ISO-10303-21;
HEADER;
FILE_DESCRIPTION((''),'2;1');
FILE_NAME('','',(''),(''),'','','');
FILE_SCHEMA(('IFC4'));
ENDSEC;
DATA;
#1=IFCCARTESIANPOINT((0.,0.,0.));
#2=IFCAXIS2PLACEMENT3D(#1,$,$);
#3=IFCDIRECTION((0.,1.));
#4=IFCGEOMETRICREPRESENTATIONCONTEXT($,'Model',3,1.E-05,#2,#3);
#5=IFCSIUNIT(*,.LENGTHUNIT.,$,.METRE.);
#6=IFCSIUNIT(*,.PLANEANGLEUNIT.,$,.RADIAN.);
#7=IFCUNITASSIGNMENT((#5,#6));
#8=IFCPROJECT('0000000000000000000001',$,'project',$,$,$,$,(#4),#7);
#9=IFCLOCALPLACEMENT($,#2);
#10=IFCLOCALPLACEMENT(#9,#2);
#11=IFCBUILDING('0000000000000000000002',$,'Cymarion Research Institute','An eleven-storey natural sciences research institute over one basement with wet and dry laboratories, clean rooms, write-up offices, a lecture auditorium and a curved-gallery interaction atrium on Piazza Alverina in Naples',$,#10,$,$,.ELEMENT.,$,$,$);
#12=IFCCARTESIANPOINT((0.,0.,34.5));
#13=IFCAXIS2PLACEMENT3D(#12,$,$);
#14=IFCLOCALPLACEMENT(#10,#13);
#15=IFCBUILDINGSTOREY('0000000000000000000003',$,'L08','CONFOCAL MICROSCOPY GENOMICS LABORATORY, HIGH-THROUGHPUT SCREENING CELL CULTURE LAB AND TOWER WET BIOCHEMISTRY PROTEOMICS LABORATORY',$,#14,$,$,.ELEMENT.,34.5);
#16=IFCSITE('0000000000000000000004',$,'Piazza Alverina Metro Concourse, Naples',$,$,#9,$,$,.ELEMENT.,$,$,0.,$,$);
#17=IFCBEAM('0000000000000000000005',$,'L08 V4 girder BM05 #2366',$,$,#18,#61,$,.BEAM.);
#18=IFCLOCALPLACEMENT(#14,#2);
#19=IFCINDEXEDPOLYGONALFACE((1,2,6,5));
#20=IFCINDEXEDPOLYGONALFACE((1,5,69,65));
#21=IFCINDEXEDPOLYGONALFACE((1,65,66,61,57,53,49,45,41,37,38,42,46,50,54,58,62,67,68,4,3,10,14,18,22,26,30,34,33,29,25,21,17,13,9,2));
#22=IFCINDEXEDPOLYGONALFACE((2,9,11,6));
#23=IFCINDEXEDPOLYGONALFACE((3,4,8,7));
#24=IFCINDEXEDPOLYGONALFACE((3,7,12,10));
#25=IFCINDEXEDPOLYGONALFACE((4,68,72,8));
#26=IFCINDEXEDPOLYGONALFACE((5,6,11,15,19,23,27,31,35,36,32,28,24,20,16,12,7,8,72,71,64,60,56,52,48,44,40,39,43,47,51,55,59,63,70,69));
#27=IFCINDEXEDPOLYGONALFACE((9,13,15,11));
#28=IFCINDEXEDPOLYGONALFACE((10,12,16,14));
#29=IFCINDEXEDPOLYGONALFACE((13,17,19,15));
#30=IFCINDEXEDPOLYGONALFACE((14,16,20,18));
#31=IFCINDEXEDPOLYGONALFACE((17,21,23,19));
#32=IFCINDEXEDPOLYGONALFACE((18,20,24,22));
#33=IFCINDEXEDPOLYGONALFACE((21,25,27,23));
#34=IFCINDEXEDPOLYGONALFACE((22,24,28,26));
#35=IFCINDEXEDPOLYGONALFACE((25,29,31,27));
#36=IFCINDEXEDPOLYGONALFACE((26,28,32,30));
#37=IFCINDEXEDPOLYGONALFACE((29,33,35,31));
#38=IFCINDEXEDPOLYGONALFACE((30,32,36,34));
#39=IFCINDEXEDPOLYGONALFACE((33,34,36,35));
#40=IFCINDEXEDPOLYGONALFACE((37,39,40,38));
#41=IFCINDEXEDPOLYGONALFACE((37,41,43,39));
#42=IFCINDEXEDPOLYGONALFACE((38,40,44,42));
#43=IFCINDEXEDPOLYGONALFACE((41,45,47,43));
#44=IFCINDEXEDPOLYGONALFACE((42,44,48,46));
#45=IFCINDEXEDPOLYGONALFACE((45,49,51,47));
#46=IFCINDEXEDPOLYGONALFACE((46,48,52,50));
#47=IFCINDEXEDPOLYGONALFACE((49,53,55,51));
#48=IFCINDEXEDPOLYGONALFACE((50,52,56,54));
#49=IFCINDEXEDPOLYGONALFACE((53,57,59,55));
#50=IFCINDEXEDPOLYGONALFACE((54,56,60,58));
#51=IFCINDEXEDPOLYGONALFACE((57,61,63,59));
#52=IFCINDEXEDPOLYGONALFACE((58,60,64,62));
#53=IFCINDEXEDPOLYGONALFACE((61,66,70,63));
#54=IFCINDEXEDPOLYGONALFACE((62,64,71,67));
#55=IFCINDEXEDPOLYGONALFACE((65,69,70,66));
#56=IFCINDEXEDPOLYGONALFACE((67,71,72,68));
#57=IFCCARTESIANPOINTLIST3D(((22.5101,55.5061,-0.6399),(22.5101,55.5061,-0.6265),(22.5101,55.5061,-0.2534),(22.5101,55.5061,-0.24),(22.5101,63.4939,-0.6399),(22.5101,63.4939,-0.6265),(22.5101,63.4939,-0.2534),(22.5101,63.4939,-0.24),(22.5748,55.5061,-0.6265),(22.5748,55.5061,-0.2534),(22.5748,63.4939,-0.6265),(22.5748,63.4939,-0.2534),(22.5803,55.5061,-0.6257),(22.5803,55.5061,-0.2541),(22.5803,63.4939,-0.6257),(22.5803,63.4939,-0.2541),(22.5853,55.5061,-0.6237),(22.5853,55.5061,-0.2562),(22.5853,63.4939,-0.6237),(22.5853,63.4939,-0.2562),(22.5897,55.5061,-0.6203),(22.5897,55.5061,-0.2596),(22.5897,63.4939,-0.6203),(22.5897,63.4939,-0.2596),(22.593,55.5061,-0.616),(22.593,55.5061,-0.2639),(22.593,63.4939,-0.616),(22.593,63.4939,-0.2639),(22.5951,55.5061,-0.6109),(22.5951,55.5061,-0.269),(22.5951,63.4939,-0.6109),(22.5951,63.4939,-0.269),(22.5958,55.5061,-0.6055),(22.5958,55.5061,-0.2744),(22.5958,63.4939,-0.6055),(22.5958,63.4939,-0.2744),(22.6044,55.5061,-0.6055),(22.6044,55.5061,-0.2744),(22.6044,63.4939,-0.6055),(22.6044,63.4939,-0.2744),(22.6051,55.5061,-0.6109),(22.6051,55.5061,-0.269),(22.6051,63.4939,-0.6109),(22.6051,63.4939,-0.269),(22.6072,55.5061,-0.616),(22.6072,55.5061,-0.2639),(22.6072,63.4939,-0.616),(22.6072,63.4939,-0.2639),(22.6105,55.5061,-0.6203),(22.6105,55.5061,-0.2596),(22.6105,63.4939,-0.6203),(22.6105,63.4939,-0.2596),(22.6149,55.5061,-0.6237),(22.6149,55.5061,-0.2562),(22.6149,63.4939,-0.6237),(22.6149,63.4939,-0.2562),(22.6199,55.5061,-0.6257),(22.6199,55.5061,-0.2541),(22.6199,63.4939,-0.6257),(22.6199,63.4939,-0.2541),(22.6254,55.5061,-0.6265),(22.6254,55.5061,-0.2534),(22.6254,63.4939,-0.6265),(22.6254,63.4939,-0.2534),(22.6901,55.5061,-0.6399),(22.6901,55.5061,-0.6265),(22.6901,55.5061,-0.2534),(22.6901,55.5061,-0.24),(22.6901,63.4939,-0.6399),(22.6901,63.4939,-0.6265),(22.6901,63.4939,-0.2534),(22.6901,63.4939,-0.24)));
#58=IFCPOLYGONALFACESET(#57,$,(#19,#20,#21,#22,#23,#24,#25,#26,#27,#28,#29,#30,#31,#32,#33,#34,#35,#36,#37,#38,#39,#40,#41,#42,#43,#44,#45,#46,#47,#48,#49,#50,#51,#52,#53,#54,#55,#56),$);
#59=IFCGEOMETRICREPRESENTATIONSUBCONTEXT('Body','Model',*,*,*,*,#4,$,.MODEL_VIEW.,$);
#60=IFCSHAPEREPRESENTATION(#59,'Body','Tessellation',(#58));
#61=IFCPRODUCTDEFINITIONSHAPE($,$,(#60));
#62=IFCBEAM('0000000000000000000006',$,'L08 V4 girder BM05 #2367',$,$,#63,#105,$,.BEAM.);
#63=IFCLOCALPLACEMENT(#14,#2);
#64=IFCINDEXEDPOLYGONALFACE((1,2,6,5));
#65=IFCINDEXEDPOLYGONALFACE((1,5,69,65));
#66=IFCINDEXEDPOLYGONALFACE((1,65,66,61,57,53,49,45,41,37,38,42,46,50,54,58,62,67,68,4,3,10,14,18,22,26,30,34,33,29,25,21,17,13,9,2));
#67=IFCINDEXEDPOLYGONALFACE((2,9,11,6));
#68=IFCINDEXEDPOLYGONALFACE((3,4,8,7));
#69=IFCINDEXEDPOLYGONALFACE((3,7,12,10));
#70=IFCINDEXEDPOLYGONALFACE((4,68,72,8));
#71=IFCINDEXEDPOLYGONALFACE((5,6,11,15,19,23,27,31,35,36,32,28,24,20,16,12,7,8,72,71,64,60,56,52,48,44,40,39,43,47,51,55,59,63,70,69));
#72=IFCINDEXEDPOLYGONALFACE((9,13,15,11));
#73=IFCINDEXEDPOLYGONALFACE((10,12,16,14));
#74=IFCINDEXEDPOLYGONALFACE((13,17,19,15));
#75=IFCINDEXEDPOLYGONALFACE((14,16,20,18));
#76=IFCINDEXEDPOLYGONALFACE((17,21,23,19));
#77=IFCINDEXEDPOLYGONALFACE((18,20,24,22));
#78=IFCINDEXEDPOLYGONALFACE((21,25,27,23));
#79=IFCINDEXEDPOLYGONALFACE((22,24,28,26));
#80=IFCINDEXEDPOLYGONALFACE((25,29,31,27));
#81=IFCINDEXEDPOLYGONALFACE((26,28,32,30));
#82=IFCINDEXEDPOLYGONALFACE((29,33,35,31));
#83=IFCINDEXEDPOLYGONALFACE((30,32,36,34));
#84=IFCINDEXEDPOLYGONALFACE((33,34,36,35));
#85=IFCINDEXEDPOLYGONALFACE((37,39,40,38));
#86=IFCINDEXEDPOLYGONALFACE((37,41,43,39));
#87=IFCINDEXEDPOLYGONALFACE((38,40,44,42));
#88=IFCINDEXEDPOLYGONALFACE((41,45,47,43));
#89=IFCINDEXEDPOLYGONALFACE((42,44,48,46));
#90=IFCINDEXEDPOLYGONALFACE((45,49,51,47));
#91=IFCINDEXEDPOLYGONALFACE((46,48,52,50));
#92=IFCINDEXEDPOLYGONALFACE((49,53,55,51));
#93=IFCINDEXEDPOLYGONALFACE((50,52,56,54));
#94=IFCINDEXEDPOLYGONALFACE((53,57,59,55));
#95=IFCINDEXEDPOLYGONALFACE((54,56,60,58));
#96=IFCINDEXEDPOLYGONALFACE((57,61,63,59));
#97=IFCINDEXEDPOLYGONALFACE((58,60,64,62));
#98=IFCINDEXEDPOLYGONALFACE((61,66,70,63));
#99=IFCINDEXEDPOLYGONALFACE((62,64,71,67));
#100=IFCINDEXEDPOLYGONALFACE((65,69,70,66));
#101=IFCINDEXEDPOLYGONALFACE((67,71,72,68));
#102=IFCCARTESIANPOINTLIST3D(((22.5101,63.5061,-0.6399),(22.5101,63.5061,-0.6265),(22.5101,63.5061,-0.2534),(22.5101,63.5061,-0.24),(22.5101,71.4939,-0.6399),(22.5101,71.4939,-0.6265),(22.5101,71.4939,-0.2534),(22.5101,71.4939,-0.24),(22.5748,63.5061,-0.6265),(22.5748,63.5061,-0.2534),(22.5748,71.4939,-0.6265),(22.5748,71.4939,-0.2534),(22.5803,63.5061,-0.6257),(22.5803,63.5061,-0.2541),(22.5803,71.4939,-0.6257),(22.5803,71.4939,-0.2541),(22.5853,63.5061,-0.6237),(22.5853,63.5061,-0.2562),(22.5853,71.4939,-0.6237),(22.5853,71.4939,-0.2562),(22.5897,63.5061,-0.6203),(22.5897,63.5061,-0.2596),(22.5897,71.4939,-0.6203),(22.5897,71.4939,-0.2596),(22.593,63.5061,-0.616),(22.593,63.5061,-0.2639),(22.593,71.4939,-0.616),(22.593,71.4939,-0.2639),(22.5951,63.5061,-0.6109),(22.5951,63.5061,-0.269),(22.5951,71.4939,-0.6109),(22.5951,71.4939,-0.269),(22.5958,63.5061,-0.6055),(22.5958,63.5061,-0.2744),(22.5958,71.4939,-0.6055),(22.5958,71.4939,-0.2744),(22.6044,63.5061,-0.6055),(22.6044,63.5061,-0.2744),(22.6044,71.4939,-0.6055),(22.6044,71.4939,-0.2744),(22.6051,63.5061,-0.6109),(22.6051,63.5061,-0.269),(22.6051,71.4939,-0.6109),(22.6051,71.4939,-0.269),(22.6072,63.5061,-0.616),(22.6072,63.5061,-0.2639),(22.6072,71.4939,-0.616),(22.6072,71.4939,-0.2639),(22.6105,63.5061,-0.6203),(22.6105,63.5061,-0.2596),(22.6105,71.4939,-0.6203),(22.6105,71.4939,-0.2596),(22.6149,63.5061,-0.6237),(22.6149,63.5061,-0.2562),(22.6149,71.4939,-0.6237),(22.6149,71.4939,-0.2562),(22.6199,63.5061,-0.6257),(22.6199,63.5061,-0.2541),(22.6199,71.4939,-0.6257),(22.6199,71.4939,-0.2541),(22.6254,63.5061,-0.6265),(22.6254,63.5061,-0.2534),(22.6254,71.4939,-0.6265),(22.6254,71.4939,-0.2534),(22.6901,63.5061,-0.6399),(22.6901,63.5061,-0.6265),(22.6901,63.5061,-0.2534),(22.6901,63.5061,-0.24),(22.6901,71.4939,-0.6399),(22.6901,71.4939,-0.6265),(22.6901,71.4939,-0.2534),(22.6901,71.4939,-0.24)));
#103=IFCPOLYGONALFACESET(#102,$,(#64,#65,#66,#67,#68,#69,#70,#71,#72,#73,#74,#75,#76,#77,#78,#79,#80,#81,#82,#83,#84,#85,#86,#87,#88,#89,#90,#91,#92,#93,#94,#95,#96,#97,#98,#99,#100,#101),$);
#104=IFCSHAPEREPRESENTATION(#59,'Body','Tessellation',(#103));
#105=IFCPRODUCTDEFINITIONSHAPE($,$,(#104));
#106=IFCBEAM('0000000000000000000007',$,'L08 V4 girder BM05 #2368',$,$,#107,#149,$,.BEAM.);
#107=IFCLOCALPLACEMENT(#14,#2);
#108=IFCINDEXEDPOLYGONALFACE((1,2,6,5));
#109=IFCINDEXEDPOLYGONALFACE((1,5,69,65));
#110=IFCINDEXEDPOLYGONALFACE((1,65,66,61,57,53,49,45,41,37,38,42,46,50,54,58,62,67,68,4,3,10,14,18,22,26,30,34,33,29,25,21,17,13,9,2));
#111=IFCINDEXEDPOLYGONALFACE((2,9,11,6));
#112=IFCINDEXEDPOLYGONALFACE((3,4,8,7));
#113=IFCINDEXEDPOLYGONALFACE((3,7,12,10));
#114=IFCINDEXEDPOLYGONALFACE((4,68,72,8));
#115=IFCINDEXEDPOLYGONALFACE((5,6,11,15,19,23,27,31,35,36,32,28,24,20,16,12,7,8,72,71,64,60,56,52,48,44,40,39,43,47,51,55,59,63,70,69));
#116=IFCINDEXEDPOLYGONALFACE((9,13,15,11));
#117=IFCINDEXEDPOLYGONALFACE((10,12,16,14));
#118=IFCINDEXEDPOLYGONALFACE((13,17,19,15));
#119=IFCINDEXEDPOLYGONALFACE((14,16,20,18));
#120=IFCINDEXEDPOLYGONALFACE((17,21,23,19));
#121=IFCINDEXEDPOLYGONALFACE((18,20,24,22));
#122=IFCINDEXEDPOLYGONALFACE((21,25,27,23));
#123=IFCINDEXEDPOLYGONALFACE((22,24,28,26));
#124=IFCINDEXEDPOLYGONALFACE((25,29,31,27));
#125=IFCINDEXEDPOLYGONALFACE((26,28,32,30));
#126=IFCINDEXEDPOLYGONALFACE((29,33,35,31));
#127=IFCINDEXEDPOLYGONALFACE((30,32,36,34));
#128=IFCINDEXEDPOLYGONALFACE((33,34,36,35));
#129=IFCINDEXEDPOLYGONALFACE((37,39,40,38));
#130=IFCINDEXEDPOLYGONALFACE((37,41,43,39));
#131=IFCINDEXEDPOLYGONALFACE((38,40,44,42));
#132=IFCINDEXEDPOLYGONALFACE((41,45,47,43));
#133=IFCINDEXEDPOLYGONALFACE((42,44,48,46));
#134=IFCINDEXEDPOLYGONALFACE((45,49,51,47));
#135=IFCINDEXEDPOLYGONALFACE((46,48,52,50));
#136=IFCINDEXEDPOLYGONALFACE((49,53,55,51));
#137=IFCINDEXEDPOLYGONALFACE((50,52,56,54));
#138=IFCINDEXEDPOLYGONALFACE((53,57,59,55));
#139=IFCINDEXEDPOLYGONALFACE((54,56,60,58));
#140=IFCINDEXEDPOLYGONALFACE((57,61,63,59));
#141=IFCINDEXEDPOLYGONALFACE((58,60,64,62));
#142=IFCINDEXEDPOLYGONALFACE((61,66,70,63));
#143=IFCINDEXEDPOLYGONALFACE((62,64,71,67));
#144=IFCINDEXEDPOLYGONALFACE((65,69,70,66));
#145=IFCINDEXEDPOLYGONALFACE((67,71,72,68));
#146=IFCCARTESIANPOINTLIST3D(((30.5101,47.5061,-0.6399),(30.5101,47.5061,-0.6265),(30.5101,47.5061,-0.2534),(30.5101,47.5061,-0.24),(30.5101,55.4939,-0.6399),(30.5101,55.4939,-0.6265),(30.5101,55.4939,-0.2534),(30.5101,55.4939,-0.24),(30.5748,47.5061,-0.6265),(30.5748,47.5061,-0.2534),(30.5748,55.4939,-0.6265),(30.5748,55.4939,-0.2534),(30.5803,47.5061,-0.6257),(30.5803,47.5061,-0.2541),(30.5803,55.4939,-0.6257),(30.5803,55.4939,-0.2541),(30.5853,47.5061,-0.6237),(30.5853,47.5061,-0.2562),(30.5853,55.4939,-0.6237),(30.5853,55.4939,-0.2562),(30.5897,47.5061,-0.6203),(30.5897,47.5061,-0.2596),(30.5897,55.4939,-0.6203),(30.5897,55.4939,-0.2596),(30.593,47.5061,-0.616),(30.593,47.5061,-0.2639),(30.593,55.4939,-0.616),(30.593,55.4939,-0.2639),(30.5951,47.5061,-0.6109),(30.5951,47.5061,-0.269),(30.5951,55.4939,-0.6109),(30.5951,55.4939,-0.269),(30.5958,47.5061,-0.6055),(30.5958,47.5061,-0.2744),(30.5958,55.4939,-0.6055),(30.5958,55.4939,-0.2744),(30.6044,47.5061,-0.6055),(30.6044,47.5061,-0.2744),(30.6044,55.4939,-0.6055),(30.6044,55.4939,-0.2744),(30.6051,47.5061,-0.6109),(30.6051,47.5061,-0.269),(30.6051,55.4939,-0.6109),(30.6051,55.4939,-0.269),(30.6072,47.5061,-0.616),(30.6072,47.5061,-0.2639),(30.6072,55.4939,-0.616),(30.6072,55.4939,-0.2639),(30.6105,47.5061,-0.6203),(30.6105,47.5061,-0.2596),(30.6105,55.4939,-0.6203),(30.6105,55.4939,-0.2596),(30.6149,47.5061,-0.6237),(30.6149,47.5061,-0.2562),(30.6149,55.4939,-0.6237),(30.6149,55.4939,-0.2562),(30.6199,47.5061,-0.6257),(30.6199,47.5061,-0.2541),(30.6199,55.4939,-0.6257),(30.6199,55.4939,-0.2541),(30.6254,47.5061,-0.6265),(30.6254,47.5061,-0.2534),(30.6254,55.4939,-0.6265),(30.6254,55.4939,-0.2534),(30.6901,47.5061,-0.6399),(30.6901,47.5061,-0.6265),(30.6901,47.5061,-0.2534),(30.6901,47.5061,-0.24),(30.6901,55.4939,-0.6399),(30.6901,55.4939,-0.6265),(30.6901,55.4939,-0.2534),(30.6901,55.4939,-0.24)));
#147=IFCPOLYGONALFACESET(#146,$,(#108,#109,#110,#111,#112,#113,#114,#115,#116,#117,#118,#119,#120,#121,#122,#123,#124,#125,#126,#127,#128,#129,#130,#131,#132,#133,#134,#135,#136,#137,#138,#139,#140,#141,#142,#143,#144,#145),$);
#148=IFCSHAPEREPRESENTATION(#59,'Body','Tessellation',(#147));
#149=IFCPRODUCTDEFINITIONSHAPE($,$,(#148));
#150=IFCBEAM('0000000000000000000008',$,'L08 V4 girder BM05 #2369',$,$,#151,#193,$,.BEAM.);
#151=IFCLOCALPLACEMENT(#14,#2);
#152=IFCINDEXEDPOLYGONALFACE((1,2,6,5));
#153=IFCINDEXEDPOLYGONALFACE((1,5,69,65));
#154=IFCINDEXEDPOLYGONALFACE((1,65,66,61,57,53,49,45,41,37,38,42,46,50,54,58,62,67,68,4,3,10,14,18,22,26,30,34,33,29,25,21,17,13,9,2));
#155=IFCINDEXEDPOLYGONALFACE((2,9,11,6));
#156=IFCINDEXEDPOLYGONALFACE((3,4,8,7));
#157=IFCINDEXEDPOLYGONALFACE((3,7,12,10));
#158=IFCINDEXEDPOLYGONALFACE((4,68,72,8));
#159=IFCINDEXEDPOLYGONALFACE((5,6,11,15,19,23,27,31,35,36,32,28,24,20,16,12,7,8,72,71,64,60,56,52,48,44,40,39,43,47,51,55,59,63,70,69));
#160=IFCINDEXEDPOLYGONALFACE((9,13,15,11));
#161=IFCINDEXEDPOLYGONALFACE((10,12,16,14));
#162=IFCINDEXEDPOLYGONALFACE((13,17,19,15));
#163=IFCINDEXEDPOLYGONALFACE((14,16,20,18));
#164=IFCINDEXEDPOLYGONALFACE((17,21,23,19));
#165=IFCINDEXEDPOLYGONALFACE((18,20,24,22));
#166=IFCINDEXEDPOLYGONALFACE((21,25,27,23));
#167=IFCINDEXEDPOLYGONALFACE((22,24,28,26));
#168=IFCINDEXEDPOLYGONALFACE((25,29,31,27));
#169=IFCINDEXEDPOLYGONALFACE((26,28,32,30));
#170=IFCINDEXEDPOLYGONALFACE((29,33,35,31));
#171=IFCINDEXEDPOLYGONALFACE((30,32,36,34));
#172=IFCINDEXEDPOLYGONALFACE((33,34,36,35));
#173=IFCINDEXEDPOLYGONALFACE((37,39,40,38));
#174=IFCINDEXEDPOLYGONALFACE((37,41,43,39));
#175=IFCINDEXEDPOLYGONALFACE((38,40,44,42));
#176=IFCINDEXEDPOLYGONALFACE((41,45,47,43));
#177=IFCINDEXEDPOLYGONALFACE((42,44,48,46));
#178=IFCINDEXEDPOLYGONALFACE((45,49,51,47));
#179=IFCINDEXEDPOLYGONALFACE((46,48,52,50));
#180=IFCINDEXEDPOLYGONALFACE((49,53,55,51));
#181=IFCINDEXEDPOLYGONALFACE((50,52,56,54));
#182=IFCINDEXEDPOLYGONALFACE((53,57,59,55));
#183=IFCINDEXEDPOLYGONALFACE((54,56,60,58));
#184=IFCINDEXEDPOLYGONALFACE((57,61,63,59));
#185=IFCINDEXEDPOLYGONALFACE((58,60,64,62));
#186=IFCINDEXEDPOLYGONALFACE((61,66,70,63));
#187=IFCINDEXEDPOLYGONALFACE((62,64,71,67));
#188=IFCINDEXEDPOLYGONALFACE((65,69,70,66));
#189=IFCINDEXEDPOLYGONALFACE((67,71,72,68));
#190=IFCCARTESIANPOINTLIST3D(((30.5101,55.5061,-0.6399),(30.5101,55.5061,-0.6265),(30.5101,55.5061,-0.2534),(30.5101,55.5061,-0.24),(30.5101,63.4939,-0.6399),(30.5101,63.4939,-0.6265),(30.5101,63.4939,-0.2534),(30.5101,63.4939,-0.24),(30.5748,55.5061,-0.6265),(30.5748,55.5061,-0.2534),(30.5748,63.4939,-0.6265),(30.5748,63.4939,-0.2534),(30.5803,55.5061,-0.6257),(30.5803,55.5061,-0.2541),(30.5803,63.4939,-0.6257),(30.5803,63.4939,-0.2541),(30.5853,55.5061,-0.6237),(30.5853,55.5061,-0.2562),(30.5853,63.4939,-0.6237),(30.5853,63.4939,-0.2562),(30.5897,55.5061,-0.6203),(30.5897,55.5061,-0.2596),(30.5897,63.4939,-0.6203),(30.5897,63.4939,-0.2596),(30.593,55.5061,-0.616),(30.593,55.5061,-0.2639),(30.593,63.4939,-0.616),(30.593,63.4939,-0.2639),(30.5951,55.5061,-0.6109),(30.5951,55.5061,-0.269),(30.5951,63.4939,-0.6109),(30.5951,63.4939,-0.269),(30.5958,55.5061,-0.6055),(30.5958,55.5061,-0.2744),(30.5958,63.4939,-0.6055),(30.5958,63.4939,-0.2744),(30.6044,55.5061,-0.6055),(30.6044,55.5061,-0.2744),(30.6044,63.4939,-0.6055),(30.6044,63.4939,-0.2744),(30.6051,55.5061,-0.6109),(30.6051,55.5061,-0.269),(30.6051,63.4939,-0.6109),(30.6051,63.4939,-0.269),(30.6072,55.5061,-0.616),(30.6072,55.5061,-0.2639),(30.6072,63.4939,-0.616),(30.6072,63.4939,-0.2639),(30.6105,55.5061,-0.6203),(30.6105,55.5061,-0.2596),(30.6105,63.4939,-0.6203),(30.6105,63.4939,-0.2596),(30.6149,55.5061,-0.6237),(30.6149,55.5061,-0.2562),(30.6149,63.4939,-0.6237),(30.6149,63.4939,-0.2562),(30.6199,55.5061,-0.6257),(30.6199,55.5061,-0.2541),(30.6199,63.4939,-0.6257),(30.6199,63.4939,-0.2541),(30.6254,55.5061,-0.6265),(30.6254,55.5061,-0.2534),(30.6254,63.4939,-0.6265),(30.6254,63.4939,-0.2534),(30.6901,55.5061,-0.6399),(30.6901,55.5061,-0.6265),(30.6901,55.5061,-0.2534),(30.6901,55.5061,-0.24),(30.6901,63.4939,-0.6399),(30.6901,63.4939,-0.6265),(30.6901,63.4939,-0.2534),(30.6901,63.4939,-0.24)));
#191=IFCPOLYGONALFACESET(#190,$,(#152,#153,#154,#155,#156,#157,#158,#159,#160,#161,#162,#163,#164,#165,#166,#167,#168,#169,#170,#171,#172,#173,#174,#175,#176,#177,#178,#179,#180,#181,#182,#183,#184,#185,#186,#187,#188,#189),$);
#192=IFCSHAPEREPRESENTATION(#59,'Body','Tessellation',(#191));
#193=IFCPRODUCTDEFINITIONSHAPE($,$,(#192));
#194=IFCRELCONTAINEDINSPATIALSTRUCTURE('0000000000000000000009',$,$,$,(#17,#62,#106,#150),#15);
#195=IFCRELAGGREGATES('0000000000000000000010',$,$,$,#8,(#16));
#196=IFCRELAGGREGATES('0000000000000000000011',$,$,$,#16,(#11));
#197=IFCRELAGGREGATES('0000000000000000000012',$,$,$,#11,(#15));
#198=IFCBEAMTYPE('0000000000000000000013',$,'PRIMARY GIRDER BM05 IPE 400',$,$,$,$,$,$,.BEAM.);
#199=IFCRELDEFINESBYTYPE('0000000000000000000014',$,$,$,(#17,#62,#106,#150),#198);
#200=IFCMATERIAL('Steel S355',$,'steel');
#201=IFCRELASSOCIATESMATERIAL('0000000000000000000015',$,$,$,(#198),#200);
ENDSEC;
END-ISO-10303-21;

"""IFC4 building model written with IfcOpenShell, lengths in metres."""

from ifc_helpers import new_model, si_unit, direction, frame, origin, origin_2d, place, context, subcontext, project, spatial, i_section, extrude, material, material_profile, profile_set, type_object, element, save


model = new_model("IFC4")

# Units and contexts
model_context = context("Model", 3, precision=1e-05, world=origin(), true_north=direction((0.0, 1.0)))
body_context = subcontext(model_context, "Body", "Model", "MODEL_VIEW")
ifc_project = project(units=[si_unit("LENGTHUNIT", "METRE"), si_unit("PLANEANGLEUNIT", "RADIAN")], contexts=[model_context])

# Site, building, storey
site_placement = place(None, origin())
site = spatial("IfcSite", under=ifc_project, at=site_placement, Name="Piazza Alverina Metro Concourse, Naples", CompositionType="ELEMENT", RefElevation=0.0)
building_placement = place(site_placement, origin())
building = spatial("IfcBuilding", under=site, at=building_placement, Name="Cymarion Research Institute", Description="An eleven-storey natural sciences research institute over one basement with wet and dry laboratories, clean rooms, write-up offices, a lecture auditorium and a curved-gallery interaction atrium on Piazza Alverina in Naples", CompositionType="ELEMENT")
storey_placement = place(building_placement, frame((0.0, 0.0, 34.5)))
storey = spatial("IfcBuildingStorey", under=building, at=storey_placement, Name="L08", Description="CONFOCAL MICROSCOPY GENOMICS LABORATORY, HIGH-THROUGHPUT SCREENING CELL CULTURE LAB AND TOWER WET BIOCHEMISTRY PROTEOMICS LABORATORY", CompositionType="ELEMENT", Elevation=34.5)

# Beams
ifc_material_1 = material(Name="Steel S355", Category="steel")
ifc_material_profile_1 = material_profile(ifc_material_1, i_section(OverallWidth=0.1799, OverallDepth=0.3999, WebThickness=0.0085, FlangeThickness=0.0134, FilletRadius=0.021, at=origin_2d()), Name="IPE 400")
ifc_profile_set_1 = profile_set([ifc_material_profile_1], Name="Steel S355")
beam_type_1 = type_object("IfcBeamType", Name="PRIMARY GIRDER BM05 IPE 400", PredefinedType="BEAM", material=ifc_profile_set_1)
for number, where, z_axis, x_axis, name in (
    (1, (22.6001, 55.5061, -0.4399), (0.0, 1.0, 0.0), (-1.0, 0.0, 0.0), "L08 V4 girder BM05 #2366"),
    (2, (22.6001, 63.5061, -0.4399), (0.0, 1.0, 0.0), (-1.0, 0.0, 0.0), "L08 V4 girder BM05 #2367"),
    (3, (30.6001, 47.5061, -0.4399), (0.0, 1.0, 0.0), (-1.0, 0.0, 0.0), "L08 V4 girder BM05 #2368"),
    (4, (30.6001, 55.5061, -0.4399), (0.0, 1.0, 0.0), (-1.0, 0.0, 0.0), "L08 V4 girder BM05 #2369"),
):
    element("IfcBeam", number, at=place(storey_placement, frame(where, z_axis=z_axis, x_axis=x_axis)), inside=storey, type_object=beam_type_1, Name=name, PredefinedType="BEAM", context=body_context, shape_type="SweptSolid", body=[
        extrude(i_section(OverallWidth=0.1799, OverallDepth=0.3999, WebThickness=0.0085, FlangeThickness=0.0134, FilletRadius=0.021, at=origin_2d()), origin(), (0.0, 0.0, 1.0), 7.9878),
    ])

save(model, "model.ifc")
